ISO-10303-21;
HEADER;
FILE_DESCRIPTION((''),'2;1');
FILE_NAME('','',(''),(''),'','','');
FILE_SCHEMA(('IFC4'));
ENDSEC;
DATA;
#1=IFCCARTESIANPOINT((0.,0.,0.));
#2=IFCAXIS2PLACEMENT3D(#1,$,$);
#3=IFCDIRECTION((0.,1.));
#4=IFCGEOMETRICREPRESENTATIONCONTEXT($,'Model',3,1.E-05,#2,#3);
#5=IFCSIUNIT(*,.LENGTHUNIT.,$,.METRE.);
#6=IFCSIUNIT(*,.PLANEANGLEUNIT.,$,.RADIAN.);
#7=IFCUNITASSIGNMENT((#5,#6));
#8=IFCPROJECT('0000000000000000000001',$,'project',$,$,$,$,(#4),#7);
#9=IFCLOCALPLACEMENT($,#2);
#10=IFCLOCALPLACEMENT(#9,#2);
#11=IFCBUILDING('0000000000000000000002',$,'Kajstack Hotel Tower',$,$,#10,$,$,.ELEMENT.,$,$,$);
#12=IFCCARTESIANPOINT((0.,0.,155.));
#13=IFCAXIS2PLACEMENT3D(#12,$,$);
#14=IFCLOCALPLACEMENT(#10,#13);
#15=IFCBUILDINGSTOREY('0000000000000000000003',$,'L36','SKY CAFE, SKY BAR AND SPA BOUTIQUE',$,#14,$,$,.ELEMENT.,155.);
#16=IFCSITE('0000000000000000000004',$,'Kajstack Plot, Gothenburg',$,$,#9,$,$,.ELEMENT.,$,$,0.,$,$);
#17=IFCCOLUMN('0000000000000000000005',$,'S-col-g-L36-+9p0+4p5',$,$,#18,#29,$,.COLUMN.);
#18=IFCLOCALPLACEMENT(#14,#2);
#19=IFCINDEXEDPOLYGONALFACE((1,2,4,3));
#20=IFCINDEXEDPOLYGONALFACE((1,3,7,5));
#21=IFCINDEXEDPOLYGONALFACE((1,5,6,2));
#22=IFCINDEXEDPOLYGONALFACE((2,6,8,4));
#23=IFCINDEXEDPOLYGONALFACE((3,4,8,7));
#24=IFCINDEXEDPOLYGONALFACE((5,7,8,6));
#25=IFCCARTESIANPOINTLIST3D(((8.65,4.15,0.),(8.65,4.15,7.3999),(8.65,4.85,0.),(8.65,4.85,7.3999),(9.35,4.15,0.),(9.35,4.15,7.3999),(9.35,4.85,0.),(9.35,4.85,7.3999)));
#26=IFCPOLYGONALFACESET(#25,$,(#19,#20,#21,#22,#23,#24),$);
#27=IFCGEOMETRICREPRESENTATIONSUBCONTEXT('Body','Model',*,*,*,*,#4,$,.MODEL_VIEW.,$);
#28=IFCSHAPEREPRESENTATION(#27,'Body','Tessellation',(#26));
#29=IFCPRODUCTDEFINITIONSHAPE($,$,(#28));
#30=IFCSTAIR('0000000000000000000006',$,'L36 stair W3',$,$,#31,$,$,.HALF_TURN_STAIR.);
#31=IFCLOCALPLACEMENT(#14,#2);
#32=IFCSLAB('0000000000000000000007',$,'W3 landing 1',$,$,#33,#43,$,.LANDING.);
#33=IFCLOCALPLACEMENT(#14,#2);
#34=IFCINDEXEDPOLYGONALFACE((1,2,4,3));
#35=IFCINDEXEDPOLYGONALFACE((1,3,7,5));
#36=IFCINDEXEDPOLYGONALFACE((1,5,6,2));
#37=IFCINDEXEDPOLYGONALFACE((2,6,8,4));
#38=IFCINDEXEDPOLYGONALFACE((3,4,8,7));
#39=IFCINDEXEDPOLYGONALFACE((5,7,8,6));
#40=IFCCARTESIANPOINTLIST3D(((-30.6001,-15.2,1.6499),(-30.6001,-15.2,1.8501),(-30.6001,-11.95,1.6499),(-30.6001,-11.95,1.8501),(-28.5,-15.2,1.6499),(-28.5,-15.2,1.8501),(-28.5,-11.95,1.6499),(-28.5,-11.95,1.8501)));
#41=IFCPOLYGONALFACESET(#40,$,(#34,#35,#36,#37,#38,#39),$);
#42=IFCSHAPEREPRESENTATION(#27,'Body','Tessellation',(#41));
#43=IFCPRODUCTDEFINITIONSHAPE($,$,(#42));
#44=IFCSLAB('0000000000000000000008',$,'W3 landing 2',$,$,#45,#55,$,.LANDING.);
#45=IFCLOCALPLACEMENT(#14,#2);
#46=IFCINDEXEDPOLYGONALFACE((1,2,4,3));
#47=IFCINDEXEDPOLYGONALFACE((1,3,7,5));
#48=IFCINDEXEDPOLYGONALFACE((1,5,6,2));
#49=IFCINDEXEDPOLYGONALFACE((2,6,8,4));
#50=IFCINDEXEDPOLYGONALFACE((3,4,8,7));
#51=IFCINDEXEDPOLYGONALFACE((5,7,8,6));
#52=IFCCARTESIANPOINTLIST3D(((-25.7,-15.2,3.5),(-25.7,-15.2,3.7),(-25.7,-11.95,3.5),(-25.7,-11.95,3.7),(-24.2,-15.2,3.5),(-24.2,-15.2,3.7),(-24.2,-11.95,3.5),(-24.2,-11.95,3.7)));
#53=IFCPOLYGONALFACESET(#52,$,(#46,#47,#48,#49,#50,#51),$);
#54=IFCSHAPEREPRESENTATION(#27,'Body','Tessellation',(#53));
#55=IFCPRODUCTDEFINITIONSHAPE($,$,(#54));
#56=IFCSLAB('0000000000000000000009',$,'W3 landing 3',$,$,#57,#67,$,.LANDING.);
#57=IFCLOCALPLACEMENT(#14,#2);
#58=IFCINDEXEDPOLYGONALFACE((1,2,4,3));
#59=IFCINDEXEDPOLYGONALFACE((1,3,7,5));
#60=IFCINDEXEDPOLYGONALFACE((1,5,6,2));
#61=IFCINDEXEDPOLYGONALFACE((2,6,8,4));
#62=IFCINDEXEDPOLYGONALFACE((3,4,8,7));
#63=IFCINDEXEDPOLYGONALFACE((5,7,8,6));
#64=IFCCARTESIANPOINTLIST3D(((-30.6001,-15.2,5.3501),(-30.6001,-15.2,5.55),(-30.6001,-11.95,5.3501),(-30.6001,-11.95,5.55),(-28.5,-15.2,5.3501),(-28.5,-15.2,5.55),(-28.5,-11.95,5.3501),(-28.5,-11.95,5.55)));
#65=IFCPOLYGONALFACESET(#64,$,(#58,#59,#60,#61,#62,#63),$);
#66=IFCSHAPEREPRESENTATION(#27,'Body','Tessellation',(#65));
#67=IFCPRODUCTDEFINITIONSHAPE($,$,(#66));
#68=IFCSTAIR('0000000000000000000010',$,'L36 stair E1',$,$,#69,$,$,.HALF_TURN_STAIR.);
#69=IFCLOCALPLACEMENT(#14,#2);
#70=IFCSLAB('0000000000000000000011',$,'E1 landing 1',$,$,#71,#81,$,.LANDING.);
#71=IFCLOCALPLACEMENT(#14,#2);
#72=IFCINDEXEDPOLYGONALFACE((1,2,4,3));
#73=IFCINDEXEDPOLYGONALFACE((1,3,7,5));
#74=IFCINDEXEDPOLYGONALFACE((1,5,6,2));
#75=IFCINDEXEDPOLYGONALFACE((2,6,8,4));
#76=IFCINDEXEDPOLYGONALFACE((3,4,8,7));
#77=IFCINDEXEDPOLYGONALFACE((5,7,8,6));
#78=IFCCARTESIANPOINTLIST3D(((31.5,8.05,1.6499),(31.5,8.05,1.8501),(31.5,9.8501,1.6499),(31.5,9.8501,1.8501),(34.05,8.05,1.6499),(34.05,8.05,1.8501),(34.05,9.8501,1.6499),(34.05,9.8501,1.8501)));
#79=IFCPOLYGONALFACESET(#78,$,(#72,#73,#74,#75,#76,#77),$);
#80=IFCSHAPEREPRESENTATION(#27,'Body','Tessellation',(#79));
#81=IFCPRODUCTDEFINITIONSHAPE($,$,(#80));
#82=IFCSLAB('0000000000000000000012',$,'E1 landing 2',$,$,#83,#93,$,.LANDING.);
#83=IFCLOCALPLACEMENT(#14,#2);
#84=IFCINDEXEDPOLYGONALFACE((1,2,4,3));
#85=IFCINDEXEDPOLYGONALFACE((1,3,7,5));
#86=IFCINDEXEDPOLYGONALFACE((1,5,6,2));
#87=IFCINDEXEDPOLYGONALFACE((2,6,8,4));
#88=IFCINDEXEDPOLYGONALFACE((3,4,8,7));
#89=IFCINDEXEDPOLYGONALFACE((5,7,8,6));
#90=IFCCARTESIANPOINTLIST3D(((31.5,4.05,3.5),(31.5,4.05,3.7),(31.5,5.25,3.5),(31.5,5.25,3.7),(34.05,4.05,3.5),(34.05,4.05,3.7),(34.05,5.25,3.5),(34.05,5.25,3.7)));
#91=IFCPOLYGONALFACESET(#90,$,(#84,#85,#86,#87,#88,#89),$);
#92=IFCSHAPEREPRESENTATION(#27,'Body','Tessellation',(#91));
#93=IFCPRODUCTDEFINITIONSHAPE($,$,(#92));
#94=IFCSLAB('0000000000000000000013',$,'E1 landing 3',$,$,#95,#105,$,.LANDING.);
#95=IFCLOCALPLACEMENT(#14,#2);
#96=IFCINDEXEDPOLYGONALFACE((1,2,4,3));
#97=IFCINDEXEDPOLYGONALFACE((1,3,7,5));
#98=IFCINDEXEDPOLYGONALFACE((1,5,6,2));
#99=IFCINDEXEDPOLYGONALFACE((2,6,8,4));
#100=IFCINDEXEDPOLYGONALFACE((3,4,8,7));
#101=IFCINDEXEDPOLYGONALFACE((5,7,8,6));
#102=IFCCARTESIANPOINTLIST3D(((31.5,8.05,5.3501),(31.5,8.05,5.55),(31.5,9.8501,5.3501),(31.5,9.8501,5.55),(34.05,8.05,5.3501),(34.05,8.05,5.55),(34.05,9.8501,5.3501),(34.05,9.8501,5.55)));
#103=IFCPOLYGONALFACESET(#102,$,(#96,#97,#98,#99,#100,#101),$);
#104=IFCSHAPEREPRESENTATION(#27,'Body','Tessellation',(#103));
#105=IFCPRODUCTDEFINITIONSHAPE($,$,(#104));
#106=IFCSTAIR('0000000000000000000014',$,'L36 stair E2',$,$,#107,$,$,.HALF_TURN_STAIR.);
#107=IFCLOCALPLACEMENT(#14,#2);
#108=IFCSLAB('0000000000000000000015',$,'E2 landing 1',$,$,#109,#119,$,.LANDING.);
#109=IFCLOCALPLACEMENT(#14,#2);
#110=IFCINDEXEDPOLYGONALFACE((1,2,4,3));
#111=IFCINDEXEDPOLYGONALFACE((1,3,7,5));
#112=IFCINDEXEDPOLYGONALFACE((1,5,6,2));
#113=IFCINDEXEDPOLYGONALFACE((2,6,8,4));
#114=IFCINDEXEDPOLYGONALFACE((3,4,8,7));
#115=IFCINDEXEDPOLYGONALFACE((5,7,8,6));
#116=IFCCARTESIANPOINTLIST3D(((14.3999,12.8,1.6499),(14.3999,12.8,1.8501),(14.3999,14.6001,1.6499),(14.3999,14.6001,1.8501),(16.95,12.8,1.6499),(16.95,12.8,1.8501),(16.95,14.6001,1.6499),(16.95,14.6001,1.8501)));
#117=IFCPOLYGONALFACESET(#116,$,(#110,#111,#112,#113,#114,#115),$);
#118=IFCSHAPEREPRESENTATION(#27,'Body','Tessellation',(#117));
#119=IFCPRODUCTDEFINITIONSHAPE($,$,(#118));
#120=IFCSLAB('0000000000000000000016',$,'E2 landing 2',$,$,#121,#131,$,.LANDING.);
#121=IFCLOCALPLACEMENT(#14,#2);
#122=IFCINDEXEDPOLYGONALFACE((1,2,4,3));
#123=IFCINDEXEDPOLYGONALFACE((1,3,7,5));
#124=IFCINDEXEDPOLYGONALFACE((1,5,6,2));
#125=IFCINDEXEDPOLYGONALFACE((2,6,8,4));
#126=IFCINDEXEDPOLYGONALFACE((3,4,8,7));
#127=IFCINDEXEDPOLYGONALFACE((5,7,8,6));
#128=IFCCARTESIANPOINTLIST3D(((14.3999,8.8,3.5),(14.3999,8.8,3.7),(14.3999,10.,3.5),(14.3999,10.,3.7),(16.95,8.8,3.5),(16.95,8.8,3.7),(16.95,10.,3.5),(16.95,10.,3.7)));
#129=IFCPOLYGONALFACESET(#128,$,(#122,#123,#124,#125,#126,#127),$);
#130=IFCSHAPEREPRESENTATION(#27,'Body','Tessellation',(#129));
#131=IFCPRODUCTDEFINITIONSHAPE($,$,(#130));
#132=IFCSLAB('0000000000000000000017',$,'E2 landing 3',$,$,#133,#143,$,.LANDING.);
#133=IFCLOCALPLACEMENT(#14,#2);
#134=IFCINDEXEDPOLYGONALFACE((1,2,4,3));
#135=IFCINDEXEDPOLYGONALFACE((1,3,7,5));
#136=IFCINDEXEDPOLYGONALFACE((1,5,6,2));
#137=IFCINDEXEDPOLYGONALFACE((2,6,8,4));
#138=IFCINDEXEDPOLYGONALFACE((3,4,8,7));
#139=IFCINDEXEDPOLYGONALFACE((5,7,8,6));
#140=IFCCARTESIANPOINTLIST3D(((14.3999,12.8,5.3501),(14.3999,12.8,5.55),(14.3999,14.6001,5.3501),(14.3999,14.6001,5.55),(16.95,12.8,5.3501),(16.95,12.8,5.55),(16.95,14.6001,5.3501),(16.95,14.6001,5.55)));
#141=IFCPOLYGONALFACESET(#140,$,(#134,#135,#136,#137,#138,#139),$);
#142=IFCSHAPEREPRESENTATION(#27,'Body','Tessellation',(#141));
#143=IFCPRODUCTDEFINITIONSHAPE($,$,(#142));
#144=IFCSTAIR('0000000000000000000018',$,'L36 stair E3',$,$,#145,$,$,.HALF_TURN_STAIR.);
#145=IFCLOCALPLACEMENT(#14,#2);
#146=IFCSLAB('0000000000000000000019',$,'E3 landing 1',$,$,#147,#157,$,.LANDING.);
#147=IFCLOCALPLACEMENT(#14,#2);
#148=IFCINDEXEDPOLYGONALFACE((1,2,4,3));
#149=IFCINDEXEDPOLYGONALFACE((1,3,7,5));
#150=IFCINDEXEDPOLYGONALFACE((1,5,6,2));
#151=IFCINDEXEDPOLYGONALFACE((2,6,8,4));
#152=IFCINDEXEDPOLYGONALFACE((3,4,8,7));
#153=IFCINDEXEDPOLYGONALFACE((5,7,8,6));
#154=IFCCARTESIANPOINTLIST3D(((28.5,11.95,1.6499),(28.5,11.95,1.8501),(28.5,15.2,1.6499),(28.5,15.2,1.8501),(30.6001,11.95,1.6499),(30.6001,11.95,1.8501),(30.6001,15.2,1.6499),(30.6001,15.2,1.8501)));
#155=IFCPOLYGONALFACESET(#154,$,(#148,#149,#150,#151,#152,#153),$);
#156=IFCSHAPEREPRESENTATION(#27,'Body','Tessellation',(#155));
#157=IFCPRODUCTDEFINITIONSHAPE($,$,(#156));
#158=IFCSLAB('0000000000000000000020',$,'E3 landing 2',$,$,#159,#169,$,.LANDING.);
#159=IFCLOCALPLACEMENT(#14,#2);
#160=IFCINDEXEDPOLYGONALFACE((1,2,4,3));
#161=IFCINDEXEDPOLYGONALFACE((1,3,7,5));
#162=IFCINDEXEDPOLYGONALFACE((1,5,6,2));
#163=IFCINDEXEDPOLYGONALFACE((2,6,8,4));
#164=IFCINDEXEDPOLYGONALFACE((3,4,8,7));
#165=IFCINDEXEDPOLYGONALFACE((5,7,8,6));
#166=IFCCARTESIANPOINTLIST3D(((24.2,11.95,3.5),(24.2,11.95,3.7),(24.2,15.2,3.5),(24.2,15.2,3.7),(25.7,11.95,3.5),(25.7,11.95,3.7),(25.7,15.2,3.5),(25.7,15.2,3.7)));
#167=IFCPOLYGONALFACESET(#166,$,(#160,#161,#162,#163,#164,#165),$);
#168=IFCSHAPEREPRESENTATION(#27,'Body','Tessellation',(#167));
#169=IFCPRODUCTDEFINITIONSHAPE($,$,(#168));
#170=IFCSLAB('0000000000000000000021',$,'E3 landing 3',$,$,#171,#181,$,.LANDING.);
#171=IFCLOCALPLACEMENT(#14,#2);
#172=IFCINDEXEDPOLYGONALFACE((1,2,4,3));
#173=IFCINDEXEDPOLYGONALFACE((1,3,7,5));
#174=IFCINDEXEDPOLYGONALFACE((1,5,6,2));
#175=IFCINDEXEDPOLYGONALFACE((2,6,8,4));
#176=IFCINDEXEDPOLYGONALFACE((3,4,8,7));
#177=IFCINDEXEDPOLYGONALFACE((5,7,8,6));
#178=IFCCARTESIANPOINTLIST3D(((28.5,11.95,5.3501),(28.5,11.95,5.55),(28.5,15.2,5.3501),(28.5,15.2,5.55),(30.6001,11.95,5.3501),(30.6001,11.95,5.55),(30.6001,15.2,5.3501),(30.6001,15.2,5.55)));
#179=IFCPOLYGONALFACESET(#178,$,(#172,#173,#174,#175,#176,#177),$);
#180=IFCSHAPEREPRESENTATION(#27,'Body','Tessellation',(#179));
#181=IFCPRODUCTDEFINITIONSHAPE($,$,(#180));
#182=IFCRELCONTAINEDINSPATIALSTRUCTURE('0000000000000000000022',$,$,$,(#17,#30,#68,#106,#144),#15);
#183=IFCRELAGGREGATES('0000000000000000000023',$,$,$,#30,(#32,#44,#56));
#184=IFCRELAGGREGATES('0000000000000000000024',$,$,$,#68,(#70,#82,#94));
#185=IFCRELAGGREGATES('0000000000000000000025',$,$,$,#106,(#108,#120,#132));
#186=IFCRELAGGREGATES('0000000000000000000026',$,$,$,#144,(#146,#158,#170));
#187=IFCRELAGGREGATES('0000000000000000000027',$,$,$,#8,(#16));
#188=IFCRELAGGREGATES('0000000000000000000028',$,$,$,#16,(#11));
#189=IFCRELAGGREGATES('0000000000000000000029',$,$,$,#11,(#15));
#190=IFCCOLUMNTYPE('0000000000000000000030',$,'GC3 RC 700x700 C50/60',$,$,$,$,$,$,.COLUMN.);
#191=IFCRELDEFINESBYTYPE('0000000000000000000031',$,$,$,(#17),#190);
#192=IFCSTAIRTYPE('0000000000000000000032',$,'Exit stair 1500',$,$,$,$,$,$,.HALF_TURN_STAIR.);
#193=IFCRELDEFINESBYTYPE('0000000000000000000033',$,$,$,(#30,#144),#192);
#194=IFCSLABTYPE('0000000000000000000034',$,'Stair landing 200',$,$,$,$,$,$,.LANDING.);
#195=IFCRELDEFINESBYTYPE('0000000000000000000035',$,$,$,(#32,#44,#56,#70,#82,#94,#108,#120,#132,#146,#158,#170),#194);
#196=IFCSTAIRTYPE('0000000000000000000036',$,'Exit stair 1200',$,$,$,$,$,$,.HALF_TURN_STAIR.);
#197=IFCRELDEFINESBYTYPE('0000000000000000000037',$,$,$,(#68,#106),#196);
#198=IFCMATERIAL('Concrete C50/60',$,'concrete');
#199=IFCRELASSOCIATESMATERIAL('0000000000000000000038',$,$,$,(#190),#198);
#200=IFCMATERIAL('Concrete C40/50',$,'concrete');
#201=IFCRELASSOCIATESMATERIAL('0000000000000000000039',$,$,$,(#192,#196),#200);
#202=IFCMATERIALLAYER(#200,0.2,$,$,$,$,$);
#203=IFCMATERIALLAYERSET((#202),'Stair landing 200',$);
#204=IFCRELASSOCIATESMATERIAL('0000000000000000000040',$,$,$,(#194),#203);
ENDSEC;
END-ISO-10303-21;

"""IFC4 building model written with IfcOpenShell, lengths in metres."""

from ifc_helpers import new_model, si_unit, direction, frame, origin, origin_2d, place, context, subcontext, project, spatial, polyline, rectangle, outline, extrude, material, layer, layer_set, material_profile, profile_set, type_object, element, aggregate, save


model = new_model("IFC4")

# Units and contexts
model_context = context("Model", 3, precision=1e-05, world=origin(), true_north=direction((0.0, 1.0)))
body_context = subcontext(model_context, "Body", "Model", "MODEL_VIEW")
ifc_project = project(units=[si_unit("LENGTHUNIT", "METRE"), si_unit("PLANEANGLEUNIT", "RADIAN")], contexts=[model_context])

# Site, building, storey
site_placement = place(None, origin())
site = spatial("IfcSite", under=ifc_project, at=site_placement, Name="Kajstack Plot, Gothenburg", CompositionType="ELEMENT", RefElevation=0.0)
building_placement = place(site_placement, origin())
building = spatial("IfcBuilding", under=site, at=building_placement, Name="Kajstack Hotel Tower", CompositionType="ELEMENT")
storey_placement = place(building_placement, frame((0.0, 0.0, 155.0)))
storey = spatial("IfcBuildingStorey", under=building, at=storey_placement, Name="L36", Description="SKY CAFE, SKY BAR AND SPA BOUTIQUE", CompositionType="ELEMENT", Elevation=155.0)

# Column
ifc_material_1 = material(Name="Concrete C50/60", Category="concrete")
ifc_material_profile = material_profile(ifc_material_1, rectangle(XDim=0.7, YDim=0.7, at=origin_2d()), Name="RC 700x700")
ifc_profile_set = profile_set([ifc_material_profile], Name="Concrete C50/60")
column_type = type_object("IfcColumnType", Name="GC3 RC 700x700 C50/60", PredefinedType="COLUMN", material=ifc_profile_set)
column_placement = place(storey_placement, frame((9.0, 4.5, 0.0), z_axis=(0.0, 0.0, 1.0), x_axis=(1.0, 0.0, 0.0)))
element("IfcColumn", 1, at=column_placement, inside=storey, type_object=column_type, Name="S-col-g-L36-+9p0+4p5", PredefinedType="COLUMN", context=body_context, shape_type="SweptSolid", body=[
    extrude(rectangle(XDim=0.7, YDim=0.7, at=origin_2d()), origin(), (0.0, 0.0, 1.0), 7.3999),
])

# Stairs, slabs
ifc_material_2 = material(Name="Concrete C40/50", Category="concrete")
stair_type_1 = type_object("IfcStairType", Name="Exit stair 1500", PredefinedType="HALF_TURN_STAIR", material=ifc_material_2)
stair_1_placement = place(storey_placement, origin())
stair_1 = element("IfcStair", 2, at=stair_1_placement, inside=storey, type_object=stair_type_1, Name="L36 stair W3", PredefinedType="HALF_TURN_STAIR")
ifc_layer_1 = layer(ifc_material_2, 0.2)
ifc_layer_set_1 = layer_set([ifc_layer_1], Name="Stair landing 200")
slab_type = type_object("IfcSlabType", Name="Stair landing 200", PredefinedType="LANDING", material=ifc_layer_set_1)
slab_1_placement = place(storey_placement, frame((0.0, 0.0, 1.6499)))
slab_1 = element("IfcSlab", 3, at=slab_1_placement, type_object=slab_type, Name="W3 landing 1", PredefinedType="LANDING", context=body_context, shape_type="SweptSolid", body=[
    extrude(outline(polyline([(-28.5, -11.95), (-30.6001, -11.95), (-30.6001, -15.2), (-28.5, -15.2), (-28.5, -11.95)])), origin(), (0.0, 0.0, 1.0), 0.2002),
])
slab_2_placement = place(storey_placement, frame((0.0, 0.0, 3.5)))
slab_2 = element("IfcSlab", 4, at=slab_2_placement, type_object=slab_type, Name="W3 landing 2", PredefinedType="LANDING", context=body_context, shape_type="SweptSolid", body=[
    extrude(outline(polyline([(-24.2, -11.95), (-25.7, -11.95), (-25.7, -15.2), (-24.2, -15.2), (-24.2, -11.95)])), origin(), (0.0, 0.0, 1.0), 0.2),
])
slab_3_placement = place(storey_placement, frame((0.0, 0.0, 5.3501)))
slab_3 = element("IfcSlab", 5, at=slab_3_placement, type_object=slab_type, Name="W3 landing 3", PredefinedType="LANDING", context=body_context, shape_type="SweptSolid", body=[
    extrude(outline(polyline([(-28.5, -11.95), (-30.6001, -11.95), (-30.6001, -15.2), (-28.5, -15.2), (-28.5, -11.95)])), origin(), (0.0, 0.0, 1.0), 0.2),
])
aggregate(stair_1, [slab_1, slab_2, slab_3])
stair_type_2 = type_object("IfcStairType", Name="Exit stair 1200", PredefinedType="HALF_TURN_STAIR", material=ifc_material_2)
stair_2_placement = place(storey_placement, origin())
stair_2 = element("IfcStair", 6, at=stair_2_placement, inside=storey, type_object=stair_type_2, Name="L36 stair E1", PredefinedType="HALF_TURN_STAIR")
slab_4_placement = place(storey_placement, frame((0.0, 0.0, 1.6499)))
slab_4 = element("IfcSlab", 7, at=slab_4_placement, type_object=slab_type, Name="E1 landing 1", PredefinedType="LANDING", context=body_context, shape_type="SweptSolid", body=[
    extrude(outline(polyline([(34.05, 8.05), (34.05, 9.8501), (31.5, 9.8501), (31.5, 8.05), (34.05, 8.05)])), origin(), (0.0, 0.0, 1.0), 0.2002),
])
slab_5_placement = place(storey_placement, frame((0.0, 0.0, 3.5)))
slab_5 = element("IfcSlab", 8, at=slab_5_placement, type_object=slab_type, Name="E1 landing 2", PredefinedType="LANDING", context=body_context, shape_type="SweptSolid", body=[
    extrude(outline(polyline([(34.05, 4.05), (34.05, 5.25), (31.5, 5.25), (31.5, 4.05), (34.05, 4.05)])), origin(), (0.0, 0.0, 1.0), 0.2),
])
slab_6_placement = place(storey_placement, frame((0.0, 0.0, 5.3501)))
slab_6 = element("IfcSlab", 9, at=slab_6_placement, type_object=slab_type, Name="E1 landing 3", PredefinedType="LANDING", context=body_context, shape_type="SweptSolid", body=[
    extrude(outline(polyline([(34.05, 8.05), (34.05, 9.8501), (31.5, 9.8501), (31.5, 8.05), (34.05, 8.05)])), origin(), (0.0, 0.0, 1.0), 0.2),
])
aggregate(stair_2, [slab_4, slab_5, slab_6])
stair_3_placement = place(storey_placement, origin())
stair_3 = element("IfcStair", 10, at=stair_3_placement, inside=storey, type_object=stair_type_2, Name="L36 stair E2", PredefinedType="HALF_TURN_STAIR")
slab_7_placement = place(storey_placement, frame((0.0, 0.0, 1.6499)))
slab_7 = element("IfcSlab", 11, at=slab_7_placement, type_object=slab_type, Name="E2 landing 1", PredefinedType="LANDING", context=body_context, shape_type="SweptSolid", body=[
    extrude(outline(polyline([(16.95, 12.8), (16.95, 14.6001), (14.3999, 14.6001), (14.3999, 12.8), (16.95, 12.8)])), origin(), (0.0, 0.0, 1.0), 0.2002),
])
slab_8_placement = place(storey_placement, frame((0.0, 0.0, 3.5)))
slab_8 = element("IfcSlab", 12, at=slab_8_placement, type_object=slab_type, Name="E2 landing 2", PredefinedType="LANDING", context=body_context, shape_type="SweptSolid", body=[
    extrude(outline(polyline([(16.95, 8.8), (16.95, 10.0), (14.3999, 10.0), (14.3999, 8.8), (16.95, 8.8)])), origin(), (0.0, 0.0, 1.0), 0.2),
])
slab_9_placement = place(storey_placement, frame((0.0, 0.0, 5.3501)))
slab_9 = element("IfcSlab", 13, at=slab_9_placement, type_object=slab_type, Name="E2 landing 3", PredefinedType="LANDING", context=body_context, shape_type="SweptSolid", body=[
    extrude(outline(polyline([(16.95, 12.8), (16.95, 14.6001), (14.3999, 14.6001), (14.3999, 12.8), (16.95, 12.8)])), origin(), (0.0, 0.0, 1.0), 0.2),
])
aggregate(stair_3, [slab_7, slab_8, slab_9])
stair_4_placement = place(storey_placement, origin())
stair_4 = element("IfcStair", 14, at=stair_4_placement, inside=storey, type_object=stair_type_1, Name="L36 stair E3", PredefinedType="HALF_TURN_STAIR")
slab_10_placement = place(storey_placement, frame((0.0, 0.0, 1.6499)))
slab_10 = element("IfcSlab", 15, at=slab_10_placement, type_object=slab_type, Name="E3 landing 1", PredefinedType="LANDING", context=body_context, shape_type="SweptSolid", body=[
    extrude(outline(polyline([(28.5, 11.95), (30.6001, 11.95), (30.6001, 15.2), (28.5, 15.2), (28.5, 11.95)])), origin(), (0.0, 0.0, 1.0), 0.2002),
])
slab_11_placement = place(storey_placement, frame((0.0, 0.0, 3.5)))
slab_11 = element("IfcSlab", 16, at=slab_11_placement, type_object=slab_type, Name="E3 landing 2", PredefinedType="LANDING", context=body_context, shape_type="SweptSolid", body=[
    extrude(outline(polyline([(24.2, 11.95), (25.7, 11.95), (25.7, 15.2), (24.2, 15.2), (24.2, 11.95)])), origin(), (0.0, 0.0, 1.0), 0.2),
])
slab_12_placement = place(storey_placement, frame((0.0, 0.0, 5.3501)))
slab_12 = element("IfcSlab", 17, at=slab_12_placement, type_object=slab_type, Name="E3 landing 3", PredefinedType="LANDING", context=body_context, shape_type="SweptSolid", body=[
    extrude(outline(polyline([(28.5, 11.95), (30.6001, 11.95), (30.6001, 15.2), (28.5, 15.2), (28.5, 11.95)])), origin(), (0.0, 0.0, 1.0), 0.2),
])
aggregate(stair_4, [slab_10, slab_11, slab_12])

save(model, "model.ifc")
